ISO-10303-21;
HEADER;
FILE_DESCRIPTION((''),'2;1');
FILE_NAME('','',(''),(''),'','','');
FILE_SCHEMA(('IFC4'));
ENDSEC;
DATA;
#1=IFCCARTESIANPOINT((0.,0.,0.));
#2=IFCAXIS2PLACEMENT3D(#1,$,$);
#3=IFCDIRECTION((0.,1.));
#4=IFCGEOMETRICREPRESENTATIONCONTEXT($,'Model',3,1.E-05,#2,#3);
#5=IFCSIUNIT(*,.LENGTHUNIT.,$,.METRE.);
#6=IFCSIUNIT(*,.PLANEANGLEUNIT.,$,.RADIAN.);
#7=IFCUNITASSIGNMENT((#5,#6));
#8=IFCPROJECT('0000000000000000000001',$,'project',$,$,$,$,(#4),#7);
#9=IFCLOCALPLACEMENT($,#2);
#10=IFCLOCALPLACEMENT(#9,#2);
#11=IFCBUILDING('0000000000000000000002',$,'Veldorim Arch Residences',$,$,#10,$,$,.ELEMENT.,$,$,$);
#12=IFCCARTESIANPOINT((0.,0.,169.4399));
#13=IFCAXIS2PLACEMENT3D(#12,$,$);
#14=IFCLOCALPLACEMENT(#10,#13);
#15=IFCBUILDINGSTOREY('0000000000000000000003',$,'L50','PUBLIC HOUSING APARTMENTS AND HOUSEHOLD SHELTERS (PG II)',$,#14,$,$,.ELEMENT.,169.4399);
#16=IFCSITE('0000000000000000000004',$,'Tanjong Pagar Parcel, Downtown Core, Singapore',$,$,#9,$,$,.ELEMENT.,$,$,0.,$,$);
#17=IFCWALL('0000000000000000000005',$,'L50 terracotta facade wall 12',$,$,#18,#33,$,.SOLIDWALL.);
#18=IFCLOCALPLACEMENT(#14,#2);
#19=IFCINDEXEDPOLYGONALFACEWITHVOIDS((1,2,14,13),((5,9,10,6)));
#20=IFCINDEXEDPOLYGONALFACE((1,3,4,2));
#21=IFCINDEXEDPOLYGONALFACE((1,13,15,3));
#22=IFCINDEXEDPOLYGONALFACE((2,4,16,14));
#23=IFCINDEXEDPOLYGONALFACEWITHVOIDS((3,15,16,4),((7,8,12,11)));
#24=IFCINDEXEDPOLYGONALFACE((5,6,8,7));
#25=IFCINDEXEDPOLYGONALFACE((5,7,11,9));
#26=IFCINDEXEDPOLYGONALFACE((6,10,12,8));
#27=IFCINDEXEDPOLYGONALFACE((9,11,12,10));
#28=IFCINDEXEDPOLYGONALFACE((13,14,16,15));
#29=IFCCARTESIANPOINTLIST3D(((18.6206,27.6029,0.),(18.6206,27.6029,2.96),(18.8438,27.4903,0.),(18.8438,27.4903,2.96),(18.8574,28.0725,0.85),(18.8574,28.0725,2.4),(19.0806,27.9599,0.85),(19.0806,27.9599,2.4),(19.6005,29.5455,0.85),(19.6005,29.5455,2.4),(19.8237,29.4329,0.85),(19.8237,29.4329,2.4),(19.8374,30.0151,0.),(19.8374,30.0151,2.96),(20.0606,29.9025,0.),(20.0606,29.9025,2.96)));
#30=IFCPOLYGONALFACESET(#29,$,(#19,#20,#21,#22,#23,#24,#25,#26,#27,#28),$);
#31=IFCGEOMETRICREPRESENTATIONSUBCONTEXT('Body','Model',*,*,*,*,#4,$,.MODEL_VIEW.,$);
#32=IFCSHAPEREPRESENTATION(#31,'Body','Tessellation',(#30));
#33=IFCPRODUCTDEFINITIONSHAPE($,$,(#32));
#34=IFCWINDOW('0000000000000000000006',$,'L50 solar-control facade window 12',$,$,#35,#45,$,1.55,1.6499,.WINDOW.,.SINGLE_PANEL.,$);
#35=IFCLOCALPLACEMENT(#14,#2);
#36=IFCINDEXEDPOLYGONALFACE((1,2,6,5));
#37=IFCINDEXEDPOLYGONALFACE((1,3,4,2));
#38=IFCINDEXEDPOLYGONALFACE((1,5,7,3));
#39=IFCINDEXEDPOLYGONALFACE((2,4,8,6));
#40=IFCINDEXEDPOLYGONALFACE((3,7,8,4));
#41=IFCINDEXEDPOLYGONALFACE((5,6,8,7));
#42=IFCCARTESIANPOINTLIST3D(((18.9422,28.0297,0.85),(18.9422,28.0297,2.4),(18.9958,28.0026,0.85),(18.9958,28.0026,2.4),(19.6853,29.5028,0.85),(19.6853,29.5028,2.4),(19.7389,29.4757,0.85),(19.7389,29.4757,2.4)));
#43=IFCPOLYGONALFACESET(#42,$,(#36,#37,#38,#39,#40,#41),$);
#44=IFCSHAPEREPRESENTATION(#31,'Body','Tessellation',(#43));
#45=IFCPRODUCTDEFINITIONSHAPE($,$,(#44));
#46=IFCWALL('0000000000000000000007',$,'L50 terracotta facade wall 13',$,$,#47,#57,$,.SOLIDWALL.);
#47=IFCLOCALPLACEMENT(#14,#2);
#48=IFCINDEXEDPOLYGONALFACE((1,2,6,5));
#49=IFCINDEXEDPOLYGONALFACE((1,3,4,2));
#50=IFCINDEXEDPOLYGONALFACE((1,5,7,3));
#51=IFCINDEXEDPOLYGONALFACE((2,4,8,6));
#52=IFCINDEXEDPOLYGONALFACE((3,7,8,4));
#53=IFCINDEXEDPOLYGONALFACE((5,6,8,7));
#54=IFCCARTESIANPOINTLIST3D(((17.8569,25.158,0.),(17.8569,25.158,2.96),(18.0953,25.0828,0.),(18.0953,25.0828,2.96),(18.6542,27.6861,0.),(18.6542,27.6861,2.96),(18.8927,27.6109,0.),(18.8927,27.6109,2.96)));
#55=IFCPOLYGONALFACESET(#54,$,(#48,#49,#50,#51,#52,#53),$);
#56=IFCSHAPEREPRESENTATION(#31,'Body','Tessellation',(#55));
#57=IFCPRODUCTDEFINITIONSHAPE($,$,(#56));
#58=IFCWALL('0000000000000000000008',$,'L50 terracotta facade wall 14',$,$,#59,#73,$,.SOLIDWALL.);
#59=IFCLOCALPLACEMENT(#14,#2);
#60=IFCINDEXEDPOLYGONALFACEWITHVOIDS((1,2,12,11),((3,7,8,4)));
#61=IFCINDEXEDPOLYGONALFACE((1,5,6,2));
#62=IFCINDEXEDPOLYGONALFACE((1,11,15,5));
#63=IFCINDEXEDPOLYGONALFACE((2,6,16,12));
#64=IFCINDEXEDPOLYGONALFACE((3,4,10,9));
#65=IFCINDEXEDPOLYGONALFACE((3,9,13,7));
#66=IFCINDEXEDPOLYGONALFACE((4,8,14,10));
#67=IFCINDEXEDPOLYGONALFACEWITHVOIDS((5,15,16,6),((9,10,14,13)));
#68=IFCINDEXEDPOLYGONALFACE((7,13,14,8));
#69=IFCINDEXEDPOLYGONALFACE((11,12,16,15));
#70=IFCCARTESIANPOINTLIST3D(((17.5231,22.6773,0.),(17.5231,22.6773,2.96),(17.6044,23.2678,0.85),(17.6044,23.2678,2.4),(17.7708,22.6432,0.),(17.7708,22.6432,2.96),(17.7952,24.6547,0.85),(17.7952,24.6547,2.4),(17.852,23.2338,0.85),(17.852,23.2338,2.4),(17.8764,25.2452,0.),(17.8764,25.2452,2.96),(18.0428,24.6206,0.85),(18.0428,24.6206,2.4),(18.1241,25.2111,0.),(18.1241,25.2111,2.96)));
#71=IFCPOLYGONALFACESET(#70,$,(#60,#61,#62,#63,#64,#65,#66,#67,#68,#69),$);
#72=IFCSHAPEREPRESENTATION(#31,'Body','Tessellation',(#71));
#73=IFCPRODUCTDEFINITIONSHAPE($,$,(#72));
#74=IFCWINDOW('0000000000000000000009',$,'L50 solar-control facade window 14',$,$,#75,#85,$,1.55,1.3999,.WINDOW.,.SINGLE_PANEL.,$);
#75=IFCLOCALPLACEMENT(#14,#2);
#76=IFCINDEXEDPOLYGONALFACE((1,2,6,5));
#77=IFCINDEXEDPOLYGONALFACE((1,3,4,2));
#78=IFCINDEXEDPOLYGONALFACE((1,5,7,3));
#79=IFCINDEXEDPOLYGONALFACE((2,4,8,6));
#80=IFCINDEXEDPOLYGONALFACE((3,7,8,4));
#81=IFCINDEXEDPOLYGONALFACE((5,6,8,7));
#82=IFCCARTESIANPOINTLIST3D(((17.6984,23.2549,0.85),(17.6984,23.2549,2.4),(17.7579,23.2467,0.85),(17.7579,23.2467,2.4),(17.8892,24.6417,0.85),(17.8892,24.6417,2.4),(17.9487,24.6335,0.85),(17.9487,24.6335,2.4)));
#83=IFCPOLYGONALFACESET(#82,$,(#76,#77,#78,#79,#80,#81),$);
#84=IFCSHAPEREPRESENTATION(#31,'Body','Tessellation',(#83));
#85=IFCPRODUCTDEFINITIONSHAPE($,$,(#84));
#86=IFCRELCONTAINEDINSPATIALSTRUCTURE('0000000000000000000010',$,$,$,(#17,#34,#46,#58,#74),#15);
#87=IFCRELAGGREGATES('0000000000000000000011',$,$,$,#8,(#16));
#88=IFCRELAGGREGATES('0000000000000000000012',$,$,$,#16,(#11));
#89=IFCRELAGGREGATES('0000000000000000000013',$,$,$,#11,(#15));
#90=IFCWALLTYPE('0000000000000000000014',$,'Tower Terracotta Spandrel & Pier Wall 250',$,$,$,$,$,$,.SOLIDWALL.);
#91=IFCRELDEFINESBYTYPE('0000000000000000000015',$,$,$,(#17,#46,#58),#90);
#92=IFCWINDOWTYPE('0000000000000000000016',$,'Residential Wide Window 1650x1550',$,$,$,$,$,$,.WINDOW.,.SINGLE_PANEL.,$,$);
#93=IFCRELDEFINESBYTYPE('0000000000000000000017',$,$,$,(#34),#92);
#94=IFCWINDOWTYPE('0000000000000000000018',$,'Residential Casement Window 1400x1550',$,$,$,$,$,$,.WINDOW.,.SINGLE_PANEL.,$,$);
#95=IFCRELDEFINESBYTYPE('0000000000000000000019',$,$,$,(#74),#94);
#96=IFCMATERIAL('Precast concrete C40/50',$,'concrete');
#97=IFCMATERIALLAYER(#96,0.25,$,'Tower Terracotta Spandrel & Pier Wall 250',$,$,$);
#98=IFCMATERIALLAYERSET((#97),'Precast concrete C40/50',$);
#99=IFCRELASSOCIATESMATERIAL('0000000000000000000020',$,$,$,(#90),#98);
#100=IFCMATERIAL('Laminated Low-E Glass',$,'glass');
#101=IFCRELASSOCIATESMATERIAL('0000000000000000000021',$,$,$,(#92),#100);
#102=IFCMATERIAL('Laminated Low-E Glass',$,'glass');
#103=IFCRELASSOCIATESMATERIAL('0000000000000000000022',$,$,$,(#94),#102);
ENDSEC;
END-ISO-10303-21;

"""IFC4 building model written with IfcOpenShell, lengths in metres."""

from ifc_helpers import new_model, si_unit, direction, frame, frame_2d, origin, place, context, subcontext, project, spatial, rectangle, extrude, material, layer, layer_set, type_object, element, fill, save


model = new_model("IFC4")

# Units and contexts
model_context = context("Model", 3, precision=1e-05, world=origin(), true_north=direction((0.0, 1.0)))
body_context = subcontext(model_context, "Body", "Model", "MODEL_VIEW")
ifc_project = project(units=[si_unit("LENGTHUNIT", "METRE"), si_unit("PLANEANGLEUNIT", "RADIAN")], contexts=[model_context])

# Site, building, storey
site_placement = place(None, origin())
site = spatial("IfcSite", under=ifc_project, at=site_placement, Name="Tanjong Pagar Parcel, Downtown Core, Singapore", CompositionType="ELEMENT", RefElevation=0.0)
building_placement = place(site_placement, origin())
building = spatial("IfcBuilding", under=site, at=building_placement, Name="Veldorim Arch Residences", CompositionType="ELEMENT")
storey_placement = place(building_placement, frame((0.0, 0.0, 169.4399)))
storey = spatial("IfcBuildingStorey", under=building, at=storey_placement, Name="L50", Description="PUBLIC HOUSING APARTMENTS AND HOUSEHOLD SHELTERS (PG II)", CompositionType="ELEMENT", Elevation=169.4399)

# Wall, opening, window
ifc_material_1 = material(Name="Precast concrete C40/50", Category="concrete")
ifc_layer_1 = layer(ifc_material_1, 0.25, Name="Tower Terracotta Spandrel & Pier Wall 250")
ifc_layer_set_1 = layer_set([ifc_layer_1], Name="Precast concrete C40/50")
wall_type_1 = type_object("IfcWallType", Name="Tower Terracotta Spandrel & Pier Wall 250", PredefinedType="SOLIDWALL", material=ifc_layer_set_1)
wall_1_placement = place(storey_placement, frame((18.7322, 27.5466, 0.0), z_axis=(0.0, 0.0, 1.0), x_axis=(0.450392, 0.892831, 0.0)))
wall_1 = element("IfcWall", 1, at=wall_1_placement, inside=storey, type_object=wall_type_1, Name="L50 terracotta facade wall 12", PredefinedType="SOLIDWALL", context=body_context, shape_type="SweptSolid", body=[
    extrude(rectangle(XDim=2.7017, YDim=0.25, at=frame_2d((1.3508, 0.0))), origin(), (0.0, 0.0, 1.0), 2.96),
])
opening_1_placement = place(wall_1_placement, frame((0.5259, 0.0, 0.8501)))
opening_1 = element("IfcOpeningElement", 2, at=opening_1_placement, cuts=wall_1, PredefinedType="OPENING", context=body_context, shape_type="SweptSolid", body=[
    extrude(rectangle(XDim=1.6499, YDim=1.55, at=frame_2d((0.825, 0.7749))), frame((0.0, 0.135, 0.0), z_axis=(0.0, -1.0, 0.0), x_axis=(1.0, 0.0, 0.0)), (0.0, 0.0, 1.0), 0.27),
])
ifc_material_2 = material(Name="Laminated Low-E Glass", Category="glass")
window_type_1 = type_object("IfcWindowType", Name="Residential Wide Window 1650x1550", PartitioningType="SINGLE_PANEL", PredefinedType="WINDOW", material=ifc_material_2)
window_1_placement = place(opening_1_placement, origin())
window_1 = element("IfcWindow", 3, at=window_1_placement, inside=storey, type_object=window_type_1, Name="L50 solar-control facade window 12", OverallHeight=1.55, OverallWidth=1.6499, PartitioningType="SINGLE_PANEL", PredefinedType="WINDOW", context=body_context, shape_type="SweptSolid", body=[
    extrude(rectangle(XDim=1.6499, YDim=1.55, at=frame_2d((0.825, 0.7749))), frame((0.0, 0.03, 0.0), z_axis=(0.0, -1.0, 0.0), x_axis=(1.0, 0.0, 0.0)), (0.0, 0.0, 1.0), 0.0601),
])
fill(opening_1, window_1)

# Wall
wall_2_placement = place(storey_placement, frame((17.9761, 25.1204, 0.0), z_axis=(0.0, 0.0, 1.0), x_axis=(0.300796, 0.953688, 0.0)))
element("IfcWall", 4, at=wall_2_placement, inside=storey, type_object=wall_type_1, Name="L50 terracotta facade wall 13", PredefinedType="SOLIDWALL", context=body_context, shape_type="SweptSolid", body=[
    extrude(rectangle(XDim=2.6509, YDim=0.25, at=frame_2d((1.3254, 0.0))), origin(), (0.0, 0.0, 1.0), 2.96),
])

# Wall, opening, window
wall_3_placement = place(storey_placement, frame((17.647, 22.6604, 0.0), z_axis=(0.0, 0.0, 1.0), x_axis=(0.13629, 0.990669, 0.0)))
wall_3 = element("IfcWall", 5, at=wall_3_placement, inside=storey, type_object=wall_type_1, Name="L50 terracotta facade wall 14", PredefinedType="SOLIDWALL", context=body_context, shape_type="SweptSolid", body=[
    extrude(rectangle(XDim=2.592, YDim=0.25, at=frame_2d((1.2959, 0.0))), origin(), (0.0, 0.0, 1.0), 2.96),
])
opening_2_placement = place(wall_3_placement, frame((0.5959, 0.0, 0.8501)))
opening_2 = element("IfcOpeningElement", 6, at=opening_2_placement, cuts=wall_3, PredefinedType="OPENING", context=body_context, shape_type="SweptSolid", body=[
    extrude(rectangle(XDim=1.3999, YDim=1.55, at=frame_2d((0.7, 0.7749))), frame((0.0, 0.135, 0.0), z_axis=(0.0, -1.0, 0.0), x_axis=(1.0, 0.0, 0.0)), (0.0, 0.0, 1.0), 0.27),
])
ifc_material_3 = material(Name="Laminated Low-E Glass", Category="glass")
window_type_2 = type_object("IfcWindowType", Name="Residential Casement Window 1400x1550", PartitioningType="SINGLE_PANEL", PredefinedType="WINDOW", material=ifc_material_3)
window_2_placement = place(opening_2_placement, origin())
window_2 = element("IfcWindow", 7, at=window_2_placement, inside=storey, type_object=window_type_2, Name="L50 solar-control facade window 14", OverallHeight=1.55, OverallWidth=1.3999, PartitioningType="SINGLE_PANEL", PredefinedType="WINDOW", context=body_context, shape_type="SweptSolid", body=[
    extrude(rectangle(XDim=1.3999, YDim=1.55, at=frame_2d((0.7, 0.7749))), frame((0.0, 0.03, 0.0), z_axis=(0.0, -1.0, 0.0), x_axis=(1.0, 0.0, 0.0)), (0.0, 0.0, 1.0), 0.0601),
])
fill(opening_2, window_2)

save(model, "model.ifc")
